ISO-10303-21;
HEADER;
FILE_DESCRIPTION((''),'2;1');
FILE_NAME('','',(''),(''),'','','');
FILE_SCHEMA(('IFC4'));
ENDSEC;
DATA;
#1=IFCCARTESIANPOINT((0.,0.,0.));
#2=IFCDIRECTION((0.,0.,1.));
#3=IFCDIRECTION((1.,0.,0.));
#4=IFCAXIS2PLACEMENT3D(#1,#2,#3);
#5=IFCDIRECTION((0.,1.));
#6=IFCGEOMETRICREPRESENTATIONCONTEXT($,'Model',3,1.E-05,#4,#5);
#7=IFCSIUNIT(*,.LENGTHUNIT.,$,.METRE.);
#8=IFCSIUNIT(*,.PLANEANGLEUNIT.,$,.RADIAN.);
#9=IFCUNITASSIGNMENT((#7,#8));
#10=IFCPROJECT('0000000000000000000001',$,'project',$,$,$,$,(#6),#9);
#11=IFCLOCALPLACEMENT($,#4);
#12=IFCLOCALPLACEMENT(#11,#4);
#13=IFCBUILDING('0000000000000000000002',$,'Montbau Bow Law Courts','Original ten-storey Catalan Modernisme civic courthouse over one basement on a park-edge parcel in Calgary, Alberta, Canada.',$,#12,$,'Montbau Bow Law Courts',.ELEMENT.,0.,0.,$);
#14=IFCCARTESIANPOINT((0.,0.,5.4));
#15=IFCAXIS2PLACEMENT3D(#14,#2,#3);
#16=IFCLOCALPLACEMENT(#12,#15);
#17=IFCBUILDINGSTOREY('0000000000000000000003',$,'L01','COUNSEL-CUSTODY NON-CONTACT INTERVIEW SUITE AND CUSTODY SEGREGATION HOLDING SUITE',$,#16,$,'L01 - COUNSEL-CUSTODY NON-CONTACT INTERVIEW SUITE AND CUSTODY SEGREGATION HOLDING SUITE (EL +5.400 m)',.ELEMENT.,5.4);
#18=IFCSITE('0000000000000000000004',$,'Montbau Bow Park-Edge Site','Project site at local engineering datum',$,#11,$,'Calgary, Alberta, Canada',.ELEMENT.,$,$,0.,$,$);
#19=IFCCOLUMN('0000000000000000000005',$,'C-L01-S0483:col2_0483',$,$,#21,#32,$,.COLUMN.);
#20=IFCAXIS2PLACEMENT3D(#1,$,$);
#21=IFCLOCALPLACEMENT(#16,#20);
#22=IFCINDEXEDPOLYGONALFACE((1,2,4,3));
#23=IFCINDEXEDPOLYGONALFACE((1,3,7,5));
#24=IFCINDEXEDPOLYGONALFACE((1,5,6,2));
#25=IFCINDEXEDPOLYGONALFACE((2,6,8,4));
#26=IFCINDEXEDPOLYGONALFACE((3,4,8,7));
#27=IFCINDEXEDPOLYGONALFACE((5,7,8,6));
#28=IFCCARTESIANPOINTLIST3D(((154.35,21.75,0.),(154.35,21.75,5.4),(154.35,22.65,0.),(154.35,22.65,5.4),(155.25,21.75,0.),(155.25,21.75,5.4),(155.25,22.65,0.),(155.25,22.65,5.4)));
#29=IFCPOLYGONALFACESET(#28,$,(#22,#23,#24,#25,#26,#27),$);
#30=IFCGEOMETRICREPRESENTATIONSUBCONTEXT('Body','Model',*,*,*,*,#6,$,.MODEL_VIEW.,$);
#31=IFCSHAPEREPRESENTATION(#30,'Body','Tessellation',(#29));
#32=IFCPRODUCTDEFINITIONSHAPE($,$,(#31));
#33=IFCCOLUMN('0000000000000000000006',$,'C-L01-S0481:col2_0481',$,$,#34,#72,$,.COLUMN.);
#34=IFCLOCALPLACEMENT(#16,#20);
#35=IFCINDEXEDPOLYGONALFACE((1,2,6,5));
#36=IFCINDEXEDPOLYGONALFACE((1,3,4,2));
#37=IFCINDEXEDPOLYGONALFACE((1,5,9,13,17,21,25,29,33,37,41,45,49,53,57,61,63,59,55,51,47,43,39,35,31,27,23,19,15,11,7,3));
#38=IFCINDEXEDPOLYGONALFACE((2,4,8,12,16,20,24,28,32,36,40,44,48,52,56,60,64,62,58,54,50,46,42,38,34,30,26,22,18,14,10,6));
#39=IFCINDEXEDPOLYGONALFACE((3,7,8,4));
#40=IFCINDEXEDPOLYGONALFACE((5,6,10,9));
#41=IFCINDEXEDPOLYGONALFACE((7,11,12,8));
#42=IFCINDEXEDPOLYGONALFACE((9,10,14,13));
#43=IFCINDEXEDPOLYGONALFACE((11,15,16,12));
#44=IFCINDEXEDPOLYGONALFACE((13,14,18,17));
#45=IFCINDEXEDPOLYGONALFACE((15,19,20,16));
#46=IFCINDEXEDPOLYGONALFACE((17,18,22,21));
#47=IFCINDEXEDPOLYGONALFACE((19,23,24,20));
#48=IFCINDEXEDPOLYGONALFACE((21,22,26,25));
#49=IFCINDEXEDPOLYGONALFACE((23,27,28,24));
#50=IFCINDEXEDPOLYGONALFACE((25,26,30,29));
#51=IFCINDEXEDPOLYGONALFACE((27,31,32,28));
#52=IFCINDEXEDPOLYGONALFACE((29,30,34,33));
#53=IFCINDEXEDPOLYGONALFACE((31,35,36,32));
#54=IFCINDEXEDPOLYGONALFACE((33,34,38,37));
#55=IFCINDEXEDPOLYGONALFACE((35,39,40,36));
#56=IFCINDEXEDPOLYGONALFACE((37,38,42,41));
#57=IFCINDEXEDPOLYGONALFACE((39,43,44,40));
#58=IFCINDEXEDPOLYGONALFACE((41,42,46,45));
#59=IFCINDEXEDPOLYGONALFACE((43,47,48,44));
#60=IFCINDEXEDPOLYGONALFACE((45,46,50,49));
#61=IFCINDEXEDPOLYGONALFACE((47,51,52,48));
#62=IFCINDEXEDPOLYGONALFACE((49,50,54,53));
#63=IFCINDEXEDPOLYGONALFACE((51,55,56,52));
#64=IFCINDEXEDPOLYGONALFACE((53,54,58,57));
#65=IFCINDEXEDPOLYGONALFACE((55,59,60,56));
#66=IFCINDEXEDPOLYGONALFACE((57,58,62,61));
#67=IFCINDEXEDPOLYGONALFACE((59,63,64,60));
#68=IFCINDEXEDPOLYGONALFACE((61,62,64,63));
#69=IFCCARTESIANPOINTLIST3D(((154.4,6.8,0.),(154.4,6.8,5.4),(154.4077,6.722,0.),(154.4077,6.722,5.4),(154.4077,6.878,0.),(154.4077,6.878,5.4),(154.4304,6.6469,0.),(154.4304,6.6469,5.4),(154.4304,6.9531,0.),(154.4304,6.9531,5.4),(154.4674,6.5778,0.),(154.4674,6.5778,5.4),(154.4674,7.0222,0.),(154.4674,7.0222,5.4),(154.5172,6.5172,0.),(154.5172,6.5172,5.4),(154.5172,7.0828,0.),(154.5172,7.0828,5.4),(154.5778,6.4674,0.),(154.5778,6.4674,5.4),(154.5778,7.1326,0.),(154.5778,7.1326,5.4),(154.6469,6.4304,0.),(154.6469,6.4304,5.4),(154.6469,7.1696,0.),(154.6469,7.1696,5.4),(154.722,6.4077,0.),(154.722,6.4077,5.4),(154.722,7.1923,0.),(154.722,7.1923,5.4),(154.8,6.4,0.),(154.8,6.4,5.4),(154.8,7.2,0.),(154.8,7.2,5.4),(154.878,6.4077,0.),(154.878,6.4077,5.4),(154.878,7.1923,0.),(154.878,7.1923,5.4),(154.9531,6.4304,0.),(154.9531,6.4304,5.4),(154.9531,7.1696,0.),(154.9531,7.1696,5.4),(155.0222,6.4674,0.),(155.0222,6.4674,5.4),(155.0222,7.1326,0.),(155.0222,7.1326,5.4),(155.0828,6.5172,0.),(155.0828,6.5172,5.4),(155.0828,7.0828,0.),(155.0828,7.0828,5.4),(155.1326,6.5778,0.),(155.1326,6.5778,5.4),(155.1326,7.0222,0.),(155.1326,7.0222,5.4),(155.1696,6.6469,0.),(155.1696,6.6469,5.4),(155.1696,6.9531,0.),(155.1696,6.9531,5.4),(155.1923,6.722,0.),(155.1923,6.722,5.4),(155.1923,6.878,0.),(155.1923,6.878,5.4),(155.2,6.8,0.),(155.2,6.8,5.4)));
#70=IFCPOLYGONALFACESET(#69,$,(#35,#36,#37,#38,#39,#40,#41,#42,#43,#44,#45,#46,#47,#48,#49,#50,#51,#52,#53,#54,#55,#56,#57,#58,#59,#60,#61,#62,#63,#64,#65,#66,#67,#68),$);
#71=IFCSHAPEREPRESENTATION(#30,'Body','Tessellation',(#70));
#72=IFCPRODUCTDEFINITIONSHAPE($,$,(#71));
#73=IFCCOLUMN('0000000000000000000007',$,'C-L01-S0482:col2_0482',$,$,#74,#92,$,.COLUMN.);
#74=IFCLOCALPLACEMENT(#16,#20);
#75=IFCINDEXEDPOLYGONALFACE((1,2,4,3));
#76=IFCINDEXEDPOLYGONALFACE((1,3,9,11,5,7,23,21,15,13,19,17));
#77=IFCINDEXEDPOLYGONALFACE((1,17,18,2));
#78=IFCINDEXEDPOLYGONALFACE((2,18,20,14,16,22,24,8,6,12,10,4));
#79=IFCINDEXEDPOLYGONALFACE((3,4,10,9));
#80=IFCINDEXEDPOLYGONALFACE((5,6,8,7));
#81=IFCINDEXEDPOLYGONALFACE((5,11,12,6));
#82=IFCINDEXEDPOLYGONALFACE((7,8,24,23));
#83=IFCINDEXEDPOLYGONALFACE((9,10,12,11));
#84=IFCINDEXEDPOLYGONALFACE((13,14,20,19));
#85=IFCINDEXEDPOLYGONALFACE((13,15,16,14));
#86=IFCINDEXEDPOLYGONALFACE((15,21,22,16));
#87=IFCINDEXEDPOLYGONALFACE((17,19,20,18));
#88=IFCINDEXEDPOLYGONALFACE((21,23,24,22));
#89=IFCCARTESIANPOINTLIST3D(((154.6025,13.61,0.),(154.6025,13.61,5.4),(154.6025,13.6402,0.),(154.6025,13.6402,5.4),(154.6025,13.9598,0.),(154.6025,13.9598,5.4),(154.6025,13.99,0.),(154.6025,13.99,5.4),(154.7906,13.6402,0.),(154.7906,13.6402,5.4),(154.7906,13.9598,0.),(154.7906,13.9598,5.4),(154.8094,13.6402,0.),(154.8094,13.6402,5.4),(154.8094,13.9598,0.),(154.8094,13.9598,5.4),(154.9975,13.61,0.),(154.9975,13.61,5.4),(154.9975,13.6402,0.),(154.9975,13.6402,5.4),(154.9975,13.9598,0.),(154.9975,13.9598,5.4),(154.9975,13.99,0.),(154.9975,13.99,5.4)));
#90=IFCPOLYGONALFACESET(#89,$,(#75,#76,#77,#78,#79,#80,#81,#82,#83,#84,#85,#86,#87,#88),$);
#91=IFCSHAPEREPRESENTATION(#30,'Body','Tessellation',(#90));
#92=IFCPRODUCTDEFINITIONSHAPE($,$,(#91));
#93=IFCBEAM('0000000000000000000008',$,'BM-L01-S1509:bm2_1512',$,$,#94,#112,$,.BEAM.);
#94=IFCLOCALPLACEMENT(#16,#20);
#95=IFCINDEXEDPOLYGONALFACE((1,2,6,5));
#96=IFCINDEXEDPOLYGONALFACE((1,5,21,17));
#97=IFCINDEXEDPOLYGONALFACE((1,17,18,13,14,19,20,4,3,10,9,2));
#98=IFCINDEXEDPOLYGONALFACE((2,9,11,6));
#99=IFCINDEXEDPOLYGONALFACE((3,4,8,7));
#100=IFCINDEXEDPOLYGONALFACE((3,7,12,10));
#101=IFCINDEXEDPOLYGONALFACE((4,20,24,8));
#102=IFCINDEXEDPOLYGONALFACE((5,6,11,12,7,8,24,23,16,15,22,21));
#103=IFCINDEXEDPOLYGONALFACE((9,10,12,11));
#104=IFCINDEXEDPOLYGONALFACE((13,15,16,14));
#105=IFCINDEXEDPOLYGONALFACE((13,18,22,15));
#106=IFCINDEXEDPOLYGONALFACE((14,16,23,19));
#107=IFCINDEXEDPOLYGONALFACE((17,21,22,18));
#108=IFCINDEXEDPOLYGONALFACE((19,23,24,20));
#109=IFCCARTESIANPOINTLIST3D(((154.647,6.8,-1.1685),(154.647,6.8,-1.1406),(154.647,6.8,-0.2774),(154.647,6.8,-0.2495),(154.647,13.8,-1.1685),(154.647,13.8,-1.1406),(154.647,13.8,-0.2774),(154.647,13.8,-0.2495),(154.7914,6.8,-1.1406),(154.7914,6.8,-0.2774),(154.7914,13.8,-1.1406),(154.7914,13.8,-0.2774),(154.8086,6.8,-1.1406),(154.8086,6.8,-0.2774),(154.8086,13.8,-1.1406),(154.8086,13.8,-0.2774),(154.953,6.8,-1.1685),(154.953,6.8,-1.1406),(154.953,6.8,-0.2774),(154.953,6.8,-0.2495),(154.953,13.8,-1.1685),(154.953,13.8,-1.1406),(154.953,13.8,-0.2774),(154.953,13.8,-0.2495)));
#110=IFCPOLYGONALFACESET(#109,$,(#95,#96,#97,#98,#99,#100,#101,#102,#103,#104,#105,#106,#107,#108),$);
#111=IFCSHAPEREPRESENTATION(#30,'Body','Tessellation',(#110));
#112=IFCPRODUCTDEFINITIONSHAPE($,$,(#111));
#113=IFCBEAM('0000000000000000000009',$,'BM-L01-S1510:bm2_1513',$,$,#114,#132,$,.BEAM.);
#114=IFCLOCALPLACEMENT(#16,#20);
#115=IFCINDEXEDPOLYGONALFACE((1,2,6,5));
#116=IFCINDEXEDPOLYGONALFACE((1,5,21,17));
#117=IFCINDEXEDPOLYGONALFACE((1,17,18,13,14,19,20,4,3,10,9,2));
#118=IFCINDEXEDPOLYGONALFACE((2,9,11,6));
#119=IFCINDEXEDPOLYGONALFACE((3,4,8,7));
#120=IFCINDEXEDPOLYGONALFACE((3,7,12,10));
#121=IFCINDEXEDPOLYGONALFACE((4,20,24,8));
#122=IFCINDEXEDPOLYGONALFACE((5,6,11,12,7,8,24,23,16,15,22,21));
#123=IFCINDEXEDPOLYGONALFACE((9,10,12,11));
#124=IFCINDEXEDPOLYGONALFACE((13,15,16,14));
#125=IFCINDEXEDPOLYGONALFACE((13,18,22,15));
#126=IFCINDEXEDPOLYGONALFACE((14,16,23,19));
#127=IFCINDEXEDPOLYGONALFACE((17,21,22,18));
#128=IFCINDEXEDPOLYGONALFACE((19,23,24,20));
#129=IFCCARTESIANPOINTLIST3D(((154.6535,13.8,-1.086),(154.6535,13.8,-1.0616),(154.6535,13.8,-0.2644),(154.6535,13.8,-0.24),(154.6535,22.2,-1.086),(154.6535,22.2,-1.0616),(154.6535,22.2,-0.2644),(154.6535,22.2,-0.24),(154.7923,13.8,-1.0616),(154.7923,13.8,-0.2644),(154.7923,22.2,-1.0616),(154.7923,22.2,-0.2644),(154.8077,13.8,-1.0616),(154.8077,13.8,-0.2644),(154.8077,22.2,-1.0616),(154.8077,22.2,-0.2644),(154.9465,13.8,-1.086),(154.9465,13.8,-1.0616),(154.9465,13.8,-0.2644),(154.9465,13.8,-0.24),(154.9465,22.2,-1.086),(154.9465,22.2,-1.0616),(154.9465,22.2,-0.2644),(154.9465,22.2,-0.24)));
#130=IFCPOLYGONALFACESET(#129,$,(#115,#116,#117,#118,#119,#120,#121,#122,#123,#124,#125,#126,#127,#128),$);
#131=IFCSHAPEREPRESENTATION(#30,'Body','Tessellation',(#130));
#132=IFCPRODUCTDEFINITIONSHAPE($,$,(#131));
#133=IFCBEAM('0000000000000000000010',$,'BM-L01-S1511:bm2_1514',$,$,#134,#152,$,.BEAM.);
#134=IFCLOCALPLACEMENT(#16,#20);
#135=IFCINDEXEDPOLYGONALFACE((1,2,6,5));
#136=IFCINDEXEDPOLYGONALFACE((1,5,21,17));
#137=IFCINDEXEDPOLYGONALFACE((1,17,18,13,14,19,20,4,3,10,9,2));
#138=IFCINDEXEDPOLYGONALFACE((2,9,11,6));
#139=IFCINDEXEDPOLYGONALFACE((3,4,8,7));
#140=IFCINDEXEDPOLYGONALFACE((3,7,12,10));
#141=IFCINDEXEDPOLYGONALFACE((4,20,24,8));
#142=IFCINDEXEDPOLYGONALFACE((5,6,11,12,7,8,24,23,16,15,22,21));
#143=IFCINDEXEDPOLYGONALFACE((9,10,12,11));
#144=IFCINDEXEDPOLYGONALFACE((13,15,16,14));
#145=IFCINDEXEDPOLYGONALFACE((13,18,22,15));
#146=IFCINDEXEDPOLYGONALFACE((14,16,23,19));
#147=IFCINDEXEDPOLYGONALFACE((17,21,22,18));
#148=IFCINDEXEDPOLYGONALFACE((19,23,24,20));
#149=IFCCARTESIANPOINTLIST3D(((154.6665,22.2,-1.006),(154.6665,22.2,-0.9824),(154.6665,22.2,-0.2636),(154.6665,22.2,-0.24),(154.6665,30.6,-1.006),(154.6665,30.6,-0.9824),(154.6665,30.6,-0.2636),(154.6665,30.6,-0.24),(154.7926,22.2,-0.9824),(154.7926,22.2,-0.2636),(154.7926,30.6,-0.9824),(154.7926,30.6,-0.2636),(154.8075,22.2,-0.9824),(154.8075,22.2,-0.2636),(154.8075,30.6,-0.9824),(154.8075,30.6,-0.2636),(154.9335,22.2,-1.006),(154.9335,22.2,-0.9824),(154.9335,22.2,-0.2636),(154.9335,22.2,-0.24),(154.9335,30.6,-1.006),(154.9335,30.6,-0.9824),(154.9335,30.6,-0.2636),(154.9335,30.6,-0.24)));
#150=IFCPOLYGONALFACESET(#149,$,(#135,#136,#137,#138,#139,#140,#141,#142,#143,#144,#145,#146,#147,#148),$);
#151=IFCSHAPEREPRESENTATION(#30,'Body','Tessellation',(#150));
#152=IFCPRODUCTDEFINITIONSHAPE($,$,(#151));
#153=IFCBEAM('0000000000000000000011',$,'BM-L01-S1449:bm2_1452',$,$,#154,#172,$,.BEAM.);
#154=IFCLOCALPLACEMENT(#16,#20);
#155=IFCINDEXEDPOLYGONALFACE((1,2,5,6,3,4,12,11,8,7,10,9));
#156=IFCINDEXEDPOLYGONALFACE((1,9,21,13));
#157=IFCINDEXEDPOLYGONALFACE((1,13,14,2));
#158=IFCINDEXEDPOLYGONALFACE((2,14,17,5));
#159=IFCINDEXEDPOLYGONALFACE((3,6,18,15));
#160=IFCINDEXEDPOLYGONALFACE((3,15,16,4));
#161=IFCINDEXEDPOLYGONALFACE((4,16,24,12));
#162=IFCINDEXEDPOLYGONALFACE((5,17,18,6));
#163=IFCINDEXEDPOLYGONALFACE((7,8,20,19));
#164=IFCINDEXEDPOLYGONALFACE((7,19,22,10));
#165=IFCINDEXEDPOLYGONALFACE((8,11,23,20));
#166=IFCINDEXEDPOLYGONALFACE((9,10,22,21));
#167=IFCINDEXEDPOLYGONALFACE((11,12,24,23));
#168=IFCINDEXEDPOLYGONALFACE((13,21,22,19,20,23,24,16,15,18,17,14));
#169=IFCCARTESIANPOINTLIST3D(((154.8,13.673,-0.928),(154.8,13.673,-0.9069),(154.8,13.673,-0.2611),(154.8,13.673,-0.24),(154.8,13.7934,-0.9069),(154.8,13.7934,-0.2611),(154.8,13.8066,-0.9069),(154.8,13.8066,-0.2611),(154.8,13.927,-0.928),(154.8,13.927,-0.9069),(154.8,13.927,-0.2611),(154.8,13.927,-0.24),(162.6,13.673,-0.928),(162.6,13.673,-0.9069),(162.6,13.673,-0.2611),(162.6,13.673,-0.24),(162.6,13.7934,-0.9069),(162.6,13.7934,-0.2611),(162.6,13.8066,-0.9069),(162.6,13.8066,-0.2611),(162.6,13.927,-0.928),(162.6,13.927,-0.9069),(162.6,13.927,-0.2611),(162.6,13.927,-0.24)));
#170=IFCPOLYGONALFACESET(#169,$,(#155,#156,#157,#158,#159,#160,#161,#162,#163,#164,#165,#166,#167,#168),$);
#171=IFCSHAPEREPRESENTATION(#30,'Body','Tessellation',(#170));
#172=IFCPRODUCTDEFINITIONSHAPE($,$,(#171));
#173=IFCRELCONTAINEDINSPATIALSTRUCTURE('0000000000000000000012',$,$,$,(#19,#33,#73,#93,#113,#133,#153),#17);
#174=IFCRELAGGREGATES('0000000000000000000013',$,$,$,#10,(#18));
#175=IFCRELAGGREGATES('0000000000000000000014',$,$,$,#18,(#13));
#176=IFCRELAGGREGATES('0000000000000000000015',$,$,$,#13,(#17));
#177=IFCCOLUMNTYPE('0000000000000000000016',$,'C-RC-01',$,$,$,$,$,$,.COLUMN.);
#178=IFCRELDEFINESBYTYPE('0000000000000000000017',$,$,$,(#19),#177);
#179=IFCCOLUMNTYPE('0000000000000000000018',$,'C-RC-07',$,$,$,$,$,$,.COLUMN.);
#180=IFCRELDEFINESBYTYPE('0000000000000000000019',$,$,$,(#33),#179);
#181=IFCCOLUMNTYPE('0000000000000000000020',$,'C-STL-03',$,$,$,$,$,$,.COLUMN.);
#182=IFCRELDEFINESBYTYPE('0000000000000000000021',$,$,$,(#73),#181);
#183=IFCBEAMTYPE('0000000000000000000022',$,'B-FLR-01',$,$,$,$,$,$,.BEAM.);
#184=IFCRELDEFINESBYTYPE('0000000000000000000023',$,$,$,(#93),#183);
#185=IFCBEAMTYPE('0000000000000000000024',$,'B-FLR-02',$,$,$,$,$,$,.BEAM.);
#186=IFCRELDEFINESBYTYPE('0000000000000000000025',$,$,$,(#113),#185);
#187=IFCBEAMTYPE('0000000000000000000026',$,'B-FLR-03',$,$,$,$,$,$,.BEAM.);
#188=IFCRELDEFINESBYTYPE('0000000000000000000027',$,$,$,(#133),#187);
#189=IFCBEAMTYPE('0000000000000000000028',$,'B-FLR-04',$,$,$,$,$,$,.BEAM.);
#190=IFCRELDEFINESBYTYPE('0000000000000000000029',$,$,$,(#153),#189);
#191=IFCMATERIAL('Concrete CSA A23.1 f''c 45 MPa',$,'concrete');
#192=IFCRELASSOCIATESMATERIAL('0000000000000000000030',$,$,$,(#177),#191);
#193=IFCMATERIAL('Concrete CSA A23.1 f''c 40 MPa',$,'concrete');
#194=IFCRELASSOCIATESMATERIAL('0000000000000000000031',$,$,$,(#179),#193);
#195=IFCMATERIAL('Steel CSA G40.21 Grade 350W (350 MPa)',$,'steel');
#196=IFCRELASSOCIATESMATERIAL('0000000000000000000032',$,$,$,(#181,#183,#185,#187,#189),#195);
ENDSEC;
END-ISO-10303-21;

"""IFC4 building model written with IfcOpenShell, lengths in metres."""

from ifc_helpers import new_model, si_unit, direction, frame, origin_with_axes, origin_2d_with_axis, place, context, subcontext, project, spatial, rectangle, circle, i_section, extrude, material, material_profile, profile_set, type_object, element, save


model = new_model("IFC4")

# Units and contexts
model_context = context("Model", 3, precision=1e-05, world=origin_with_axes(), true_north=direction((0.0, 1.0)))
body_context = subcontext(model_context, "Body", "Model", "MODEL_VIEW")
ifc_project = project(units=[si_unit("LENGTHUNIT", "METRE"), si_unit("PLANEANGLEUNIT", "RADIAN")], contexts=[model_context])

# Site, building, storey
site_placement = place(None, origin_with_axes())
site = spatial("IfcSite", under=ifc_project, at=site_placement, Name="Montbau Bow Park-Edge Site", Description="Project site at local engineering datum", LongName="Calgary, Alberta, Canada", CompositionType="ELEMENT", RefElevation=0.0)
building_placement = place(site_placement, origin_with_axes())
building = spatial("IfcBuilding", under=site, at=building_placement, Name="Montbau Bow Law Courts", Description="Original ten-storey Catalan Modernisme civic courthouse over one basement on a park-edge parcel in Calgary, Alberta, Canada.", LongName="Montbau Bow Law Courts", CompositionType="ELEMENT", ElevationOfRefHeight=0.0, ElevationOfTerrain=0.0)
storey_placement = place(building_placement, frame((0.0, 0.0, 5.4), z_axis=(0.0, 0.0, 1.0), x_axis=(1.0, 0.0, 0.0)))
storey = spatial("IfcBuildingStorey", under=building, at=storey_placement, Name="L01", Description="COUNSEL-CUSTODY NON-CONTACT INTERVIEW SUITE AND CUSTODY SEGREGATION HOLDING SUITE", LongName="L01 - COUNSEL-CUSTODY NON-CONTACT INTERVIEW SUITE AND CUSTODY SEGREGATION HOLDING SUITE (EL +5.400 m)", CompositionType="ELEMENT", Elevation=5.4)

# Columns
ifc_material_1 = material(Name="Concrete CSA A23.1 f'c 45 MPa", Category="concrete")
ifc_material_profile_1 = material_profile(ifc_material_1, rectangle(XDim=0.9, YDim=0.9, at=origin_2d_with_axis()), Name="RC900X900", Category="Main", Priority=0)
ifc_profile_set_1 = profile_set([ifc_material_profile_1], Name="Concrete CSA A23.1 f'c 45 MPa")
column_type_1 = type_object("IfcColumnType", Name="C-RC-01", PredefinedType="COLUMN", material=ifc_profile_set_1)
column_1_placement = place(None, frame((154.8, 22.2, 5.4), z_axis=(0.0, 0.0, 1.0), x_axis=(1.0, 0.0, 0.0)))
element("IfcColumn", 1, at=column_1_placement, inside=storey, type_object=column_type_1, Name="C-L01-S0483:col2_0483", PredefinedType="COLUMN", context=body_context, shape_type="SweptSolid", body=[
    extrude(rectangle(XDim=0.9, YDim=0.9, at=origin_2d_with_axis()), origin_with_axes(), (0.0, 0.0, 1.0), 5.4),
])
ifc_material_2 = material(Name="Concrete CSA A23.1 f'c 40 MPa", Category="concrete")
ifc_material_profile_2 = material_profile(ifc_material_2, circle(Radius=0.4, at=origin_2d_with_axis()), Name="RC800D", Category="Main", Priority=0)
ifc_profile_set_2 = profile_set([ifc_material_profile_2], Name="Concrete CSA A23.1 f'c 40 MPa")
column_type_2 = type_object("IfcColumnType", Name="C-RC-07", PredefinedType="COLUMN", material=ifc_profile_set_2)
column_2_placement = place(None, frame((154.8, 6.8, 5.4), z_axis=(0.0, 0.0, 1.0), x_axis=(1.0, 0.0, 0.0)))
element("IfcColumn", 2, at=column_2_placement, inside=storey, type_object=column_type_2, Name="C-L01-S0481:col2_0481", PredefinedType="COLUMN", context=body_context, shape_type="SweptSolid", body=[
    extrude(circle(Radius=0.4, at=origin_2d_with_axis()), origin_with_axes(), (0.0, 0.0, 1.0), 5.4),
])
ifc_material_3 = material(Name="Steel CSA G40.21 Grade 350W (350 MPa)", Category="steel")
ifc_material_profile_3 = material_profile(ifc_material_3, i_section(OverallWidth=0.395, OverallDepth=0.38, WebThickness=0.0189, FlangeThickness=0.0302, at=origin_2d_with_axis()), Name="W360X237", Category="Main", Priority=0)
ifc_profile_set_3 = profile_set([ifc_material_profile_3], Name="Steel CSA G40.21 Grade 350W (350 MPa)")
column_type_3 = type_object("IfcColumnType", Name="C-STL-03", PredefinedType="COLUMN", material=ifc_profile_set_3)
column_3_placement = place(None, frame((154.8, 13.8, 5.4), z_axis=(0.0, 0.0, 1.0), x_axis=(1.0, 0.0, 0.0)))
element("IfcColumn", 3, at=column_3_placement, inside=storey, type_object=column_type_3, Name="C-L01-S0482:col2_0482", PredefinedType="COLUMN", context=body_context, shape_type="SweptSolid", body=[
    extrude(i_section(OverallWidth=0.395, OverallDepth=0.38, WebThickness=0.0189, FlangeThickness=0.0302, at=origin_2d_with_axis()), origin_with_axes(), (0.0, 0.0, 1.0), 5.4),
])

# Beams
ifc_material_profile_4 = material_profile(ifc_material_3, i_section(OverallWidth=0.306, OverallDepth=0.919, WebThickness=0.0173, FlangeThickness=0.0279, at=origin_2d_with_axis()), Name="W920X253", Category="Main", Priority=0)
ifc_profile_set_4 = profile_set([ifc_material_profile_4], Name="Steel CSA G40.21 Grade 350W (350 MPa)")
beam_type_1 = type_object("IfcBeamType", Name="B-FLR-01", PredefinedType="BEAM", material=ifc_profile_set_4)
beam_1_placement = place(None, frame((154.8, 6.8, 4.691), z_axis=(0.0, 1.0, 0.0), x_axis=(-1.0, 0.0, 0.0)))
element("IfcBeam", 4, at=beam_1_placement, inside=storey, type_object=beam_type_1, Name="BM-L01-S1509:bm2_1512", PredefinedType="BEAM", context=body_context, shape_type="SweptSolid", body=[
    extrude(i_section(OverallWidth=0.306, OverallDepth=0.919, WebThickness=0.0173, FlangeThickness=0.0279, at=origin_2d_with_axis()), origin_with_axes(), (0.0, 0.0, 1.0), 7.0),
])
ifc_material_profile_5 = material_profile(ifc_material_3, i_section(OverallWidth=0.293, OverallDepth=0.846, WebThickness=0.0154, FlangeThickness=0.0244, at=origin_2d_with_axis()), Name="W840X210", Category="Main", Priority=0)
ifc_profile_set_5 = profile_set([ifc_material_profile_5], Name="Steel CSA G40.21 Grade 350W (350 MPa)")
beam_type_2 = type_object("IfcBeamType", Name="B-FLR-02", PredefinedType="BEAM", material=ifc_profile_set_5)
beam_2_placement = place(None, frame((154.8, 13.8, 4.737), z_axis=(0.0, 1.0, 0.0), x_axis=(-1.0, 0.0, 0.0)))
element("IfcBeam", 5, at=beam_2_placement, inside=storey, type_object=beam_type_2, Name="BM-L01-S1510:bm2_1513", PredefinedType="BEAM", context=body_context, shape_type="SweptSolid", body=[
    extrude(i_section(OverallWidth=0.293, OverallDepth=0.846, WebThickness=0.0154, FlangeThickness=0.0244, at=origin_2d_with_axis()), origin_with_axes(), (0.0, 0.0, 1.0), 8.4),
])
ifc_material_profile_6 = material_profile(ifc_material_3, i_section(OverallWidth=0.267, OverallDepth=0.766, WebThickness=0.0149, FlangeThickness=0.0236, at=origin_2d_with_axis()), Name="W760X185", Category="Main", Priority=0)
ifc_profile_set_6 = profile_set([ifc_material_profile_6], Name="Steel CSA G40.21 Grade 350W (350 MPa)")
beam_type_3 = type_object("IfcBeamType", Name="B-FLR-03", PredefinedType="BEAM", material=ifc_profile_set_6)
beam_3_placement = place(None, frame((154.8, 22.2, 4.777), z_axis=(0.0, 1.0, 0.0), x_axis=(-1.0, 0.0, 0.0)))
element("IfcBeam", 6, at=beam_3_placement, inside=storey, type_object=beam_type_3, Name="BM-L01-S1511:bm2_1514", PredefinedType="BEAM", context=body_context, shape_type="SweptSolid", body=[
    extrude(i_section(OverallWidth=0.267, OverallDepth=0.766, WebThickness=0.0149, FlangeThickness=0.0236, at=origin_2d_with_axis()), origin_with_axes(), (0.0, 0.0, 1.0), 8.4),
])
ifc_material_profile_7 = material_profile(ifc_material_3, i_section(OverallWidth=0.254, OverallDepth=0.688, WebThickness=0.0131, FlangeThickness=0.0211, at=origin_2d_with_axis()), Name="W690X152", Category="Main", Priority=0)
ifc_profile_set_7 = profile_set([ifc_material_profile_7], Name="Steel CSA G40.21 Grade 350W (350 MPa)")
beam_type_4 = type_object("IfcBeamType", Name="B-FLR-04", PredefinedType="BEAM", material=ifc_profile_set_7)
beam_4_placement = place(None, frame((154.8, 13.8, 4.816), z_axis=(1.0, 0.0, 0.0), x_axis=(0.0, 1.0, 0.0)))
element("IfcBeam", 7, at=beam_4_placement, inside=storey, type_object=beam_type_4, Name="BM-L01-S1449:bm2_1452", PredefinedType="BEAM", context=body_context, shape_type="SweptSolid", body=[
    extrude(i_section(OverallWidth=0.254, OverallDepth=0.688, WebThickness=0.0131, FlangeThickness=0.0211, at=origin_2d_with_axis()), origin_with_axes(), (0.0, 0.0, 1.0), 7.8),
])

save(model, "model.ifc")
